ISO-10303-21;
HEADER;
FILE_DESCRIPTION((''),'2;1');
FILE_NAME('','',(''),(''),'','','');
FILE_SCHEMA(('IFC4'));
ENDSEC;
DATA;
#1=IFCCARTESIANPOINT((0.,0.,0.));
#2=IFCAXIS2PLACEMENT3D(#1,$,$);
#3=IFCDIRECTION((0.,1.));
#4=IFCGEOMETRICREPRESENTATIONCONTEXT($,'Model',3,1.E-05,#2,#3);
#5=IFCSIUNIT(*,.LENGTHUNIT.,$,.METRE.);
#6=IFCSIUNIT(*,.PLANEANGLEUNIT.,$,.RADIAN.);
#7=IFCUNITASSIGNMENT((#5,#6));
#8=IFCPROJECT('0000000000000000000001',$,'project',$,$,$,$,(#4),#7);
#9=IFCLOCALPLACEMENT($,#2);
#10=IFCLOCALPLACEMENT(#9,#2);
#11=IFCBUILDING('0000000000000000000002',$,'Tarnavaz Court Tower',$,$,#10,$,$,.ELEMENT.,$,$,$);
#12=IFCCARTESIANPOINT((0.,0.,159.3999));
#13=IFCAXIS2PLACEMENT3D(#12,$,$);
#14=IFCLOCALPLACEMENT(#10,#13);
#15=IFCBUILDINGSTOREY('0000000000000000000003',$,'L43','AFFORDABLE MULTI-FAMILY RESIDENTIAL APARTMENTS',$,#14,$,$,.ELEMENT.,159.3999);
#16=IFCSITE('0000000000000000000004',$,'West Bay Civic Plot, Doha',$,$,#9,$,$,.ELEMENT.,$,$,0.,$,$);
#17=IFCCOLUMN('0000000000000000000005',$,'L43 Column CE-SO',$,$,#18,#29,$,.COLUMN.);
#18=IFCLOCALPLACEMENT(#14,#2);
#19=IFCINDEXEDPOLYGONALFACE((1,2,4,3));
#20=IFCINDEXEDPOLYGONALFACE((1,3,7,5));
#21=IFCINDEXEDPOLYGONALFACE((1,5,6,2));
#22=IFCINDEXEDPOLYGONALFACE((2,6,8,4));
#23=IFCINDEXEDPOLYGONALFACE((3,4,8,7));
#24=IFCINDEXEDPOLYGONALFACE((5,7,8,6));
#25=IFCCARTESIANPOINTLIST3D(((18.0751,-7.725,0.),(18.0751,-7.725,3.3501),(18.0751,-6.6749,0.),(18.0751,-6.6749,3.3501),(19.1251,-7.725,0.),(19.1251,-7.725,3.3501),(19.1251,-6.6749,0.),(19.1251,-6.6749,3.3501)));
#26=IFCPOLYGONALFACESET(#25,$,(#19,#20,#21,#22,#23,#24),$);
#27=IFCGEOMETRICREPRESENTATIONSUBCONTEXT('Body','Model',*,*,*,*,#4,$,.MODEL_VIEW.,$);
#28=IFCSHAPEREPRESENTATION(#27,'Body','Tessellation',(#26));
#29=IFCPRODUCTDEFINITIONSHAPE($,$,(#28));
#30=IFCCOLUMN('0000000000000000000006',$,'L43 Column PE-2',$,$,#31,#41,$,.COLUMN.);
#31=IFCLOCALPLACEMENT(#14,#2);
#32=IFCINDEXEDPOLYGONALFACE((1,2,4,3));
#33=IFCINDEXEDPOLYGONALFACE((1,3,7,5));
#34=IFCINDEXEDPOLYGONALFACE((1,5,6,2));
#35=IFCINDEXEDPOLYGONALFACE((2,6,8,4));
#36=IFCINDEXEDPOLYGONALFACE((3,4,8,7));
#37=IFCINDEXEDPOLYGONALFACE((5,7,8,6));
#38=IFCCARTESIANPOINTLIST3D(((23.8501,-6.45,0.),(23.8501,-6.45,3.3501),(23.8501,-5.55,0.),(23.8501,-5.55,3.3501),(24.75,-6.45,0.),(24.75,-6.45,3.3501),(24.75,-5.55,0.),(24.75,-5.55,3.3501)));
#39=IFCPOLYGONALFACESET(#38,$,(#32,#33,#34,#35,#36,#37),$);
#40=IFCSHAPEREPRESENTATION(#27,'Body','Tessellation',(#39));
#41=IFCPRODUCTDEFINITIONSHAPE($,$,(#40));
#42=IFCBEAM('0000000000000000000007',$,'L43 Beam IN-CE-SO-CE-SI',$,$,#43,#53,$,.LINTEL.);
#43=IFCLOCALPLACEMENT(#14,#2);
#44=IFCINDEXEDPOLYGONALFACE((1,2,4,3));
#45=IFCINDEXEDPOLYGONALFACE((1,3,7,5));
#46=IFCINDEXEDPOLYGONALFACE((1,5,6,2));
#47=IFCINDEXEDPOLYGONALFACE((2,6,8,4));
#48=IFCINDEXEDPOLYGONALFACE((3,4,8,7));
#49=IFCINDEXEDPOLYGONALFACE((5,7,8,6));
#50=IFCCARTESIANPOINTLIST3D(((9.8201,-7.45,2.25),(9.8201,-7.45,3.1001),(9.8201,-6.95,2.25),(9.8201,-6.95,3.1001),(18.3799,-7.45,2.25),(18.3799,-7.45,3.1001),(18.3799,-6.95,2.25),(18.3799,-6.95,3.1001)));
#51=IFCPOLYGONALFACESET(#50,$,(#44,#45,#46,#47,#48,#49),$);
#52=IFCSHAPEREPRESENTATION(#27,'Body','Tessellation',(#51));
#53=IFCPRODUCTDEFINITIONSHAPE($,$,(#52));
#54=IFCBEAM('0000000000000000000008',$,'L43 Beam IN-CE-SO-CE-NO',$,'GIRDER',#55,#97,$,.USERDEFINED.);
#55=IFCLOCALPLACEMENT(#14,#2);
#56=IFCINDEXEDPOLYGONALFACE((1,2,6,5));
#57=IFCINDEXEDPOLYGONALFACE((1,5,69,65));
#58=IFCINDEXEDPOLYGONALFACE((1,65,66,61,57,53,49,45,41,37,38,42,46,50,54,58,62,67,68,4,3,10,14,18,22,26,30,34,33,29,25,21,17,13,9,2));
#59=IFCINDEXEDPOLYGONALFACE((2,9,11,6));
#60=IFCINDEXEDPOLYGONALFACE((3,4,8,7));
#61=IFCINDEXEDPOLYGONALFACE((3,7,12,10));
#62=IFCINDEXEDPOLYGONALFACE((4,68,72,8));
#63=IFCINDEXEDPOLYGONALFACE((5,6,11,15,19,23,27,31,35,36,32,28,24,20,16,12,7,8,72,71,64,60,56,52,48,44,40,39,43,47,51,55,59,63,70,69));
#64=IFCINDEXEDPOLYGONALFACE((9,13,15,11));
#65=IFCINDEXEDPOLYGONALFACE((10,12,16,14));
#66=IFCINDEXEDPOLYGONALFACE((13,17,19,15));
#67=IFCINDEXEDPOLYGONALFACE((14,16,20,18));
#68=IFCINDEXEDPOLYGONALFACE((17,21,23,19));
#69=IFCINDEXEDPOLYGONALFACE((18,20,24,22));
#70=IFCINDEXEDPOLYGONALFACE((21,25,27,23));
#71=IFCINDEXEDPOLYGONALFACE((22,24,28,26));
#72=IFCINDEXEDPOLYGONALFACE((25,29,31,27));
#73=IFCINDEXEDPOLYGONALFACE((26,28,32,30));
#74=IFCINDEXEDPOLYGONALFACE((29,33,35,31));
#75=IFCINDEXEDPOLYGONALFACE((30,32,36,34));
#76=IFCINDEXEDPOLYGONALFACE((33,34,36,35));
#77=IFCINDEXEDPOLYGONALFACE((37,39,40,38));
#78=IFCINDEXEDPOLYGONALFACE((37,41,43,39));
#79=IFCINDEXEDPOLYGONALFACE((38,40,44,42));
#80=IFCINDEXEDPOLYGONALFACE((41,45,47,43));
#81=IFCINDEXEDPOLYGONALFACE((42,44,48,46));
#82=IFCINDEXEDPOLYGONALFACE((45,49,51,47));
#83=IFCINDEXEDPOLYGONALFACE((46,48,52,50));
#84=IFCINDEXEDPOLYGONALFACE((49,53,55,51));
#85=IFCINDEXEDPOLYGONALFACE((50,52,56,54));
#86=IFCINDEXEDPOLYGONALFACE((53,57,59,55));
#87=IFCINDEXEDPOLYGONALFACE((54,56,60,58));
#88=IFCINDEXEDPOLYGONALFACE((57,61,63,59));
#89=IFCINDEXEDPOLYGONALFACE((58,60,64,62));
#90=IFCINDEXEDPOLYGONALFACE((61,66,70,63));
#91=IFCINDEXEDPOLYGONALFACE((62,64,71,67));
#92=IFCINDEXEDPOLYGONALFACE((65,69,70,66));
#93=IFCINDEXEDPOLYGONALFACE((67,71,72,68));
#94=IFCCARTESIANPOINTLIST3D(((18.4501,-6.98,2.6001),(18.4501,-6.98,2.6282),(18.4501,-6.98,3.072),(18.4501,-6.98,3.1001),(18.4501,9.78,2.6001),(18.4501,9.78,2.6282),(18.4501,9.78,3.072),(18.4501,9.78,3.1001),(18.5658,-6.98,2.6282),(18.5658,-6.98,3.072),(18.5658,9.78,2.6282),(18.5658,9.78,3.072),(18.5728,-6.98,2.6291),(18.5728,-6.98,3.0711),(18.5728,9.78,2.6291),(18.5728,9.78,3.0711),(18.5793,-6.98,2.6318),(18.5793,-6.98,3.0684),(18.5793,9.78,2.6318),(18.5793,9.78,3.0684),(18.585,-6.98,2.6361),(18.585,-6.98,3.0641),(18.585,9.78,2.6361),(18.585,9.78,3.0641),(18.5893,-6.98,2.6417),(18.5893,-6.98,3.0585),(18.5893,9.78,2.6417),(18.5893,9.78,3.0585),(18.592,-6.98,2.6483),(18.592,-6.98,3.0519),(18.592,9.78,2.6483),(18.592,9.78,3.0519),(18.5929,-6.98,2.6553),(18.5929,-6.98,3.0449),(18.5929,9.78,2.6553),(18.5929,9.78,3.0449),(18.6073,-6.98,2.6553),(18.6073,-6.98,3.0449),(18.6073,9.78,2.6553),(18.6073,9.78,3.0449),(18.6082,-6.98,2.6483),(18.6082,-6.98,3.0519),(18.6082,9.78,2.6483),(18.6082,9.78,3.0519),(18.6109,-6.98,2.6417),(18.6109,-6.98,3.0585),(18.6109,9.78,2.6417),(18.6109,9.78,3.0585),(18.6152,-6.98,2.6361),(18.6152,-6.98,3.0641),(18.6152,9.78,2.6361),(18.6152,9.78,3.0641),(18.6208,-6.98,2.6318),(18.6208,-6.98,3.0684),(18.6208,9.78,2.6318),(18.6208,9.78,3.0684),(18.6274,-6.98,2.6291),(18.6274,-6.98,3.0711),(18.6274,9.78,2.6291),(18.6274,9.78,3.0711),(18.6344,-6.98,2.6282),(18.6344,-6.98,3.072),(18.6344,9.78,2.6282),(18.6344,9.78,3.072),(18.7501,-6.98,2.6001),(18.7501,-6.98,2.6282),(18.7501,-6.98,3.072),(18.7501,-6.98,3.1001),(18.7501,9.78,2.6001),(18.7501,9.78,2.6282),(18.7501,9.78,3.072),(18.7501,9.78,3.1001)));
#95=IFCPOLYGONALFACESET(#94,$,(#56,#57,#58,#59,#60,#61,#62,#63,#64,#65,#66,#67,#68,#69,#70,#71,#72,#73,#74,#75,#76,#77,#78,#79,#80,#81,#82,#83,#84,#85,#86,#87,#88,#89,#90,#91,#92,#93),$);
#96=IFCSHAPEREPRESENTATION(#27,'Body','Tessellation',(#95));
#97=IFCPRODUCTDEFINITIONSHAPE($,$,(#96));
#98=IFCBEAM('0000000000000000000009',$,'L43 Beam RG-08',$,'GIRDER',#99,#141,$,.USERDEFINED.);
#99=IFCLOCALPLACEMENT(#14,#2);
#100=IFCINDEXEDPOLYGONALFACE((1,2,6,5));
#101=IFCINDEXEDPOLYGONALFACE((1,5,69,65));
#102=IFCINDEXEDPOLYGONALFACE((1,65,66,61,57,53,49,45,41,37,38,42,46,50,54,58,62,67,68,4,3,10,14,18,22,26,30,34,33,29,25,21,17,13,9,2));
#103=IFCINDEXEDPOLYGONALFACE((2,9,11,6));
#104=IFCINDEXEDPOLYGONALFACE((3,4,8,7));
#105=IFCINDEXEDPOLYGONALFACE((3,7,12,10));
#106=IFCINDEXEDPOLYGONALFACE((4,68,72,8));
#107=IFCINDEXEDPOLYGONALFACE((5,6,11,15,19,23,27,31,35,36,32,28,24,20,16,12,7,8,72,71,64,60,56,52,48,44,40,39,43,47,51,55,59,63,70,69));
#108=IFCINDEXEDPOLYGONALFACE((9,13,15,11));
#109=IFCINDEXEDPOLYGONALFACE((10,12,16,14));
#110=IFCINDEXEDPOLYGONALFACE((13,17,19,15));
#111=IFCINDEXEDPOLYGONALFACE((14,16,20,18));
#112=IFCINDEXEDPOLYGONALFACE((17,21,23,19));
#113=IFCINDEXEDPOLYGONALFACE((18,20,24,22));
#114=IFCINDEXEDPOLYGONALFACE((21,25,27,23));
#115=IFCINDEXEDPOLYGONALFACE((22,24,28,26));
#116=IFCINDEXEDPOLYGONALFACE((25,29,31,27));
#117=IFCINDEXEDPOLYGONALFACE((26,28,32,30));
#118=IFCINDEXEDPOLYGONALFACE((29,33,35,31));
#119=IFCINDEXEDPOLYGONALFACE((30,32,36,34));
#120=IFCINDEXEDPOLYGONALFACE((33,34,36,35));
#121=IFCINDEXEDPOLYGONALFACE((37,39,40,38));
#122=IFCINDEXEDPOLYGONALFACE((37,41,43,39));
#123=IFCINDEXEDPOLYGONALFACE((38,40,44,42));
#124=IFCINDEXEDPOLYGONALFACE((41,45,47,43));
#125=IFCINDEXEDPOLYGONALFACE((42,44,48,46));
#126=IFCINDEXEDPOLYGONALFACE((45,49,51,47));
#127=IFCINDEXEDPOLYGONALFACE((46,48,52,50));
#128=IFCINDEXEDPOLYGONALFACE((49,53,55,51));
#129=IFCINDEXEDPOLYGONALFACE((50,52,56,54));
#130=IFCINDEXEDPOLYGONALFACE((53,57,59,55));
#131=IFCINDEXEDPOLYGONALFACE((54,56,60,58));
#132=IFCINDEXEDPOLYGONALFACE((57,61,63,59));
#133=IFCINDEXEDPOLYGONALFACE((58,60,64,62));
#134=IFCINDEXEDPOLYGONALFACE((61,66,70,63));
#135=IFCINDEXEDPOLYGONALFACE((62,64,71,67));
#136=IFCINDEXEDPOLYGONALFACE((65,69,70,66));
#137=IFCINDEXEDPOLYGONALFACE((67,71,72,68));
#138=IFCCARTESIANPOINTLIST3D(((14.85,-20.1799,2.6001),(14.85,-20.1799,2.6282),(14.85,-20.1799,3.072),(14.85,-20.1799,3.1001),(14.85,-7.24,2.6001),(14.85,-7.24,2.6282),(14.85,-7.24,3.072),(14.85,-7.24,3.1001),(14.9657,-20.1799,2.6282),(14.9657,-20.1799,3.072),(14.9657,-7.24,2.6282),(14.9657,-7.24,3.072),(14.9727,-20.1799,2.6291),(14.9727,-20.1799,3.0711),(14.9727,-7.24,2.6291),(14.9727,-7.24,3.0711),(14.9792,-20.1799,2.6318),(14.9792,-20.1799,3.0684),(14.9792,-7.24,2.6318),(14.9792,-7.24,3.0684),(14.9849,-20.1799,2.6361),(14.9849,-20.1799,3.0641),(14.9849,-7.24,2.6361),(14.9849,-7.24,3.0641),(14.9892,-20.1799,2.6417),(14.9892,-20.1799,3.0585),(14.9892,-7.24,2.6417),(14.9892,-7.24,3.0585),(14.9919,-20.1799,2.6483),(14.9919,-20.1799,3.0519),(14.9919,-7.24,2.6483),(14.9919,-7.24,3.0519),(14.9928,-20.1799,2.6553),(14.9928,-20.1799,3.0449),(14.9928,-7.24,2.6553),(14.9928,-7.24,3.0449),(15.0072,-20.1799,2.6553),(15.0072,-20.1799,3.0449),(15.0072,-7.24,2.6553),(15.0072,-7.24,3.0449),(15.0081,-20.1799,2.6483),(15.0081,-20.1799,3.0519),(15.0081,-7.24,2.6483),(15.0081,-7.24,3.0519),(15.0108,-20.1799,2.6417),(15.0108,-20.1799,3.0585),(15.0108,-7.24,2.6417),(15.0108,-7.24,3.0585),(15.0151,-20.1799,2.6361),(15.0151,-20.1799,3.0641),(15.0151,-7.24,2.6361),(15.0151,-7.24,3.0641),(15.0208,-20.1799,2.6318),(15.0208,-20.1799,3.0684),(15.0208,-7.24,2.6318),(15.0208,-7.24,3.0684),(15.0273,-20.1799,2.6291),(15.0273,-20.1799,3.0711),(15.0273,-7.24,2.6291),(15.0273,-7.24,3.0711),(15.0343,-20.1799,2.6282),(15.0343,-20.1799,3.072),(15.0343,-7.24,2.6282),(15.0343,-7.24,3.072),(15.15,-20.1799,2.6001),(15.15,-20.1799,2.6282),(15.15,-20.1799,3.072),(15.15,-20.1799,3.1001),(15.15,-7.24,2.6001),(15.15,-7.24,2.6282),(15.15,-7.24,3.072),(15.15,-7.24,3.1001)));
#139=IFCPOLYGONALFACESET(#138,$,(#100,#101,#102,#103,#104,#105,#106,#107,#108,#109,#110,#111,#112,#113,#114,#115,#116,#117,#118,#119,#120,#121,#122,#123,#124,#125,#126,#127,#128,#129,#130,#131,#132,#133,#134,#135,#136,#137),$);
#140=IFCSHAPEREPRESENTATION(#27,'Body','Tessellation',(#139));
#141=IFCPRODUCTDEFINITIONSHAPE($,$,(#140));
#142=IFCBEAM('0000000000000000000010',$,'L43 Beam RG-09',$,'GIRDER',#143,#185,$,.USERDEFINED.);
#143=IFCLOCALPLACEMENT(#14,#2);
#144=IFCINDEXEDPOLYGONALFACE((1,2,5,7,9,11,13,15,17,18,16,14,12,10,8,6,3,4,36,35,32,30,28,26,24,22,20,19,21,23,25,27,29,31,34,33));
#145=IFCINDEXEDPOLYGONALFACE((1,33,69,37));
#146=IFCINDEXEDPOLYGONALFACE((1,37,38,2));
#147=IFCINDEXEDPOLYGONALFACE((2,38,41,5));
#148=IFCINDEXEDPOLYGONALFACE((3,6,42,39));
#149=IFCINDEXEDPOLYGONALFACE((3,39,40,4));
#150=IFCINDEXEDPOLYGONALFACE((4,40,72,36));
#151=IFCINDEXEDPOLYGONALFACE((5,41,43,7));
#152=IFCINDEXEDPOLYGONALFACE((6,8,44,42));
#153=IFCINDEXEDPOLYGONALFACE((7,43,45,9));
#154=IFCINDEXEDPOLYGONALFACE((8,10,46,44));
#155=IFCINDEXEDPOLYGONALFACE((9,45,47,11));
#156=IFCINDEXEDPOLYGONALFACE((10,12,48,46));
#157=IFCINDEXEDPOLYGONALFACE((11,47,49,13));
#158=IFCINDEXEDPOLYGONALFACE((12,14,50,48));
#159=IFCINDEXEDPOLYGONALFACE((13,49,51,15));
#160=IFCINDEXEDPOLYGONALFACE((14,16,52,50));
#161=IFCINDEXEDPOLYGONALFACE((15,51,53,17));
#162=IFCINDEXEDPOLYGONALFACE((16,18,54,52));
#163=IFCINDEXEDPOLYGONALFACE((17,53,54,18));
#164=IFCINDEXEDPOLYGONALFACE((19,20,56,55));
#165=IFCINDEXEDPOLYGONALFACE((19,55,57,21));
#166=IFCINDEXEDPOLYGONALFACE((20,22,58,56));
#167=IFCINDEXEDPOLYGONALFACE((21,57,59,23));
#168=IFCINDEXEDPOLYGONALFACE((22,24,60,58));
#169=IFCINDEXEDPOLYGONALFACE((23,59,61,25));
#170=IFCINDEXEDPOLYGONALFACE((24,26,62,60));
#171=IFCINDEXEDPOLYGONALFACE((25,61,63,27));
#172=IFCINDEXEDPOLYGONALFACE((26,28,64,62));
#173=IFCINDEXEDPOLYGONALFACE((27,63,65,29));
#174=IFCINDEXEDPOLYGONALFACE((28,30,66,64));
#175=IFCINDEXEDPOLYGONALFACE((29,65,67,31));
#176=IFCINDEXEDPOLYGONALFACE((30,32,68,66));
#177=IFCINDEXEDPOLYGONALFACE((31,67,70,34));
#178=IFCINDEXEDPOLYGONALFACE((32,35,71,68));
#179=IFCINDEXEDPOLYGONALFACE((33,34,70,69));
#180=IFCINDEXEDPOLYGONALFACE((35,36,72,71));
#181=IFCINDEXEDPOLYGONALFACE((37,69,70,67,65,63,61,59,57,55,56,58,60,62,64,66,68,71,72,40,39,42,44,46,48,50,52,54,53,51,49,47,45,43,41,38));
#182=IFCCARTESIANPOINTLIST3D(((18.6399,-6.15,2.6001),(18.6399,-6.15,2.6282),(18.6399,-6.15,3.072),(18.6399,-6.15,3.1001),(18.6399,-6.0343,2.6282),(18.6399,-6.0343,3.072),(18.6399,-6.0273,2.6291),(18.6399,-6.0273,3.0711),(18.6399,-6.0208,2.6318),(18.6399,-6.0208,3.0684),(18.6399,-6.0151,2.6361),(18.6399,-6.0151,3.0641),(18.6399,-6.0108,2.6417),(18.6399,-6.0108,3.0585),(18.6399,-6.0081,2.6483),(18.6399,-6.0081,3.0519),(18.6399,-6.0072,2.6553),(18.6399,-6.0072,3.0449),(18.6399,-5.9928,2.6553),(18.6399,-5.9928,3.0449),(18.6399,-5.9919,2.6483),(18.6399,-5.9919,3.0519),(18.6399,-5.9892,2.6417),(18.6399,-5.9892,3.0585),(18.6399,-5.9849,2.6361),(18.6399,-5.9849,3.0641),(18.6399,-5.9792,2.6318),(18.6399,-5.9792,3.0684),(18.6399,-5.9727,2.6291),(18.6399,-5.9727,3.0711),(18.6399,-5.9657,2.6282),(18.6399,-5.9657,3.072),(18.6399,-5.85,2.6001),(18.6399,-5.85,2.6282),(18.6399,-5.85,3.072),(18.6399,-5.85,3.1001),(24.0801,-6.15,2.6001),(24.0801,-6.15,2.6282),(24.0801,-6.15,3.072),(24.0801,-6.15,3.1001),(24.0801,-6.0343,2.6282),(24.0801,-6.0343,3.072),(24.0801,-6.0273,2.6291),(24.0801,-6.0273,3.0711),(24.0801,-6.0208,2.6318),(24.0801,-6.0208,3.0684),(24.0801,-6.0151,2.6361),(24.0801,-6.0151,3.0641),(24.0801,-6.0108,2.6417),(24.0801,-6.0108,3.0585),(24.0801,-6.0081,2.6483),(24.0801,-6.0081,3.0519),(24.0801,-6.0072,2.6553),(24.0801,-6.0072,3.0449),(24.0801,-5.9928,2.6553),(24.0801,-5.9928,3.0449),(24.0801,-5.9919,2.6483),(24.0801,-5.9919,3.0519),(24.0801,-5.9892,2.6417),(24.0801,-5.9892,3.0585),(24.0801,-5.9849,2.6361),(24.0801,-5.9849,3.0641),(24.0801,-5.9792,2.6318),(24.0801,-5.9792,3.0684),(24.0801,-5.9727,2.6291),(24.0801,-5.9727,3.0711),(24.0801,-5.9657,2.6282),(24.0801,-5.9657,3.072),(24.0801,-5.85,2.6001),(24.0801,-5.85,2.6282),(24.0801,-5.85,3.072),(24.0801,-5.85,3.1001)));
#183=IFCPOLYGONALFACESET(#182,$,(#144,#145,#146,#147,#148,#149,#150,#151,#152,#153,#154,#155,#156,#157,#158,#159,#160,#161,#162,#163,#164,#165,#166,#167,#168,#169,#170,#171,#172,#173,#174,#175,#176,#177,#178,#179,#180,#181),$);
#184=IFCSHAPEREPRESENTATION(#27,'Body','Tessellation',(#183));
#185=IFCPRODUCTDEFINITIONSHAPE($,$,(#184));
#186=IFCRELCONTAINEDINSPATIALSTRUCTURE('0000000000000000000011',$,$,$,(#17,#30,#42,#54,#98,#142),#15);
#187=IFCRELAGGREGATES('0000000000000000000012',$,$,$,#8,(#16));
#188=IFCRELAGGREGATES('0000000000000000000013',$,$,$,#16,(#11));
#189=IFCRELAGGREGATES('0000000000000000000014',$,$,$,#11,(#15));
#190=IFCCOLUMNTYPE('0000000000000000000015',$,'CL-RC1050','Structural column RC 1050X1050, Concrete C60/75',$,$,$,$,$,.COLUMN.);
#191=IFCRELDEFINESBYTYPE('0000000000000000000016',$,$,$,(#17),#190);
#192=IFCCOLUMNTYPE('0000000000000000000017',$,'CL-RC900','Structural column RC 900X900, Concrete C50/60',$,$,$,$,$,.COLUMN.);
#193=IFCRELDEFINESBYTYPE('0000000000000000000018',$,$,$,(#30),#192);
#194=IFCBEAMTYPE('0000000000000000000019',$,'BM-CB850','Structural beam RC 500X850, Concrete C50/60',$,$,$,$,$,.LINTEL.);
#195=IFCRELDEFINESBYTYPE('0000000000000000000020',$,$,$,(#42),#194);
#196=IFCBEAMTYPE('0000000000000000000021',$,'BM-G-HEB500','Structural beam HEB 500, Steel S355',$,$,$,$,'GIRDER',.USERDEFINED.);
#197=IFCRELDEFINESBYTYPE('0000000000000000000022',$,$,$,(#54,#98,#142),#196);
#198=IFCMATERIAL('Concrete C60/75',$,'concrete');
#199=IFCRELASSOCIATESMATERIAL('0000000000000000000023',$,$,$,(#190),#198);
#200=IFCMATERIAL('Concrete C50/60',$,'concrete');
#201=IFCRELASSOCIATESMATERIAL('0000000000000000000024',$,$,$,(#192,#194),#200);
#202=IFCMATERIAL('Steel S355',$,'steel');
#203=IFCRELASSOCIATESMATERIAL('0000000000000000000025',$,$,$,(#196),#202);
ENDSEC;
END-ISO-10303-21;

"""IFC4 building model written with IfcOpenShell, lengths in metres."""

from ifc_helpers import new_model, si_unit, direction, frame, origin, origin_2d, place, context, subcontext, project, spatial, rectangle, i_section, extrude, material, material_profile, profile_set, type_object, element, save


model = new_model("IFC4")

# Units and contexts
model_context = context("Model", 3, precision=1e-05, world=origin(), true_north=direction((0.0, 1.0)))
body_context = subcontext(model_context, "Body", "Model", "MODEL_VIEW")
ifc_project = project(units=[si_unit("LENGTHUNIT", "METRE"), si_unit("PLANEANGLEUNIT", "RADIAN")], contexts=[model_context])

# Site, building, storey
site_placement = place(None, origin())
site = spatial("IfcSite", under=ifc_project, at=site_placement, Name="West Bay Civic Plot, Doha", CompositionType="ELEMENT", RefElevation=0.0)
building_placement = place(site_placement, origin())
building = spatial("IfcBuilding", under=site, at=building_placement, Name="Tarnavaz Court Tower", CompositionType="ELEMENT")
storey_placement = place(building_placement, frame((0.0, 0.0, 159.3999)))
storey = spatial("IfcBuildingStorey", under=building, at=storey_placement, Name="L43", Description="AFFORDABLE MULTI-FAMILY RESIDENTIAL APARTMENTS", CompositionType="ELEMENT", Elevation=159.3999)

# Columns
ifc_material_1 = material(Name="Concrete C60/75", Category="concrete")
ifc_material_profile_1 = material_profile(ifc_material_1, rectangle(XDim=1.05, YDim=1.05, at=origin_2d()), Name="RC 1050X1050")
ifc_profile_set_1 = profile_set([ifc_material_profile_1], Name="Concrete C60/75")
column_type_1 = type_object("IfcColumnType", Name="CL-RC1050", Description="Structural column RC 1050X1050, Concrete C60/75", PredefinedType="COLUMN", material=ifc_profile_set_1)
column_1_placement = place(storey_placement, frame((18.6001, -7.2, 0.0), z_axis=(0.0, 0.0, 1.0), x_axis=(1.0, 0.0, 0.0)))
element("IfcColumn", 1, at=column_1_placement, inside=storey, type_object=column_type_1, Name="L43 Column CE-SO", PredefinedType="COLUMN", context=body_context, shape_type="SweptSolid", body=[
    extrude(rectangle(XDim=1.05, YDim=1.05, at=origin_2d()), origin(), (0.0, 0.0, 1.0), 3.3501),
])
ifc_material_2 = material(Name="Concrete C50/60", Category="concrete")
ifc_material_profile_2 = material_profile(ifc_material_2, rectangle(XDim=0.8999, YDim=0.8999, at=origin_2d()), Name="RC 900X900")
ifc_profile_set_2 = profile_set([ifc_material_profile_2], Name="Concrete C50/60")
column_type_2 = type_object("IfcColumnType", Name="CL-RC900", Description="Structural column RC 900X900, Concrete C50/60", PredefinedType="COLUMN", material=ifc_profile_set_2)
column_2_placement = place(storey_placement, frame((24.3, -6.0, 0.0), z_axis=(0.0, 0.0, 1.0), x_axis=(1.0, 0.0, 0.0)))
element("IfcColumn", 2, at=column_2_placement, inside=storey, type_object=column_type_2, Name="L43 Column PE-2", PredefinedType="COLUMN", context=body_context, shape_type="SweptSolid", body=[
    extrude(rectangle(XDim=0.8999, YDim=0.8999, at=origin_2d()), origin(), (0.0, 0.0, 1.0), 3.3501),
])

# Beams
ifc_material_profile_3 = material_profile(ifc_material_2, rectangle(XDim=0.5, YDim=0.8501, at=origin_2d()), Name="RC 500X850")
ifc_profile_set_3 = profile_set([ifc_material_profile_3], Name="Concrete C50/60")
beam_type_1 = type_object("IfcBeamType", Name="BM-CB850", Description="Structural beam RC 500X850, Concrete C50/60", PredefinedType="LINTEL", material=ifc_profile_set_3)
beam_1_placement = place(storey_placement, frame((18.3799, -7.2, 2.675), z_axis=(-1.0, 0.0, 0.0), x_axis=(0.0, -1.0, 0.0)))
element("IfcBeam", 3, at=beam_1_placement, inside=storey, type_object=beam_type_1, Name="L43 Beam IN-CE-SO-CE-SI", PredefinedType="LINTEL", context=body_context, shape_type="SweptSolid", body=[
    extrude(rectangle(XDim=0.5, YDim=0.8501, at=origin_2d()), origin(), (0.0, 0.0, 1.0), 8.5598),
])
ifc_material_3 = material(Name="Steel S355", Category="steel")
ifc_material_profile_4 = material_profile(ifc_material_3, i_section(OverallWidth=0.3, OverallDepth=0.5, WebThickness=0.0144, FlangeThickness=0.0281, FilletRadius=0.0271, at=origin_2d()), Name="HEB 500")
ifc_profile_set_4 = profile_set([ifc_material_profile_4], Name="Steel S355")
beam_type_2 = type_object("IfcBeamType", Name="BM-G-HEB500", Description="Structural beam HEB 500, Steel S355", ElementType="GIRDER", PredefinedType="USERDEFINED", material=ifc_profile_set_4)
beam_2_placement = place(storey_placement, frame((18.6001, -6.98, 2.8501), z_axis=(0.0, 1.0, 0.0), x_axis=(-1.0, 0.0, 0.0)))
element("IfcBeam", 4, at=beam_2_placement, inside=storey, type_object=beam_type_2, Name="L43 Beam IN-CE-SO-CE-NO", ObjectType="GIRDER", PredefinedType="USERDEFINED", context=body_context, shape_type="SweptSolid", body=[
    extrude(i_section(OverallWidth=0.3, OverallDepth=0.5, WebThickness=0.0144, FlangeThickness=0.0281, FilletRadius=0.0271, at=origin_2d()), origin(), (0.0, 0.0, 1.0), 16.76),
])
beam_3_placement = place(storey_placement, frame((15.0, -7.24, 2.8501), z_axis=(0.0, -1.0, 0.0), x_axis=(1.0, 0.0, 0.0)))
element("IfcBeam", 5, at=beam_3_placement, inside=storey, type_object=beam_type_2, Name="L43 Beam RG-08", ObjectType="GIRDER", PredefinedType="USERDEFINED", context=body_context, shape_type="SweptSolid", body=[
    extrude(i_section(OverallWidth=0.3, OverallDepth=0.5, WebThickness=0.0144, FlangeThickness=0.0281, FilletRadius=0.0271, at=origin_2d()), origin(), (0.0, 0.0, 1.0), 12.9399),
])
beam_4_placement = place(storey_placement, frame((18.6399, -6.0, 2.8501), z_axis=(1.0, 0.0, 0.0), x_axis=(0.0, 1.0, 0.0)))
element("IfcBeam", 6, at=beam_4_placement, inside=storey, type_object=beam_type_2, Name="L43 Beam RG-09", ObjectType="GIRDER", PredefinedType="USERDEFINED", context=body_context, shape_type="SweptSolid", body=[
    extrude(i_section(OverallWidth=0.3, OverallDepth=0.5, WebThickness=0.0144, FlangeThickness=0.0281, FilletRadius=0.0271, at=origin_2d()), origin(), (0.0, 0.0, 1.0), 5.4402),
])

save(model, "model.ifc")
